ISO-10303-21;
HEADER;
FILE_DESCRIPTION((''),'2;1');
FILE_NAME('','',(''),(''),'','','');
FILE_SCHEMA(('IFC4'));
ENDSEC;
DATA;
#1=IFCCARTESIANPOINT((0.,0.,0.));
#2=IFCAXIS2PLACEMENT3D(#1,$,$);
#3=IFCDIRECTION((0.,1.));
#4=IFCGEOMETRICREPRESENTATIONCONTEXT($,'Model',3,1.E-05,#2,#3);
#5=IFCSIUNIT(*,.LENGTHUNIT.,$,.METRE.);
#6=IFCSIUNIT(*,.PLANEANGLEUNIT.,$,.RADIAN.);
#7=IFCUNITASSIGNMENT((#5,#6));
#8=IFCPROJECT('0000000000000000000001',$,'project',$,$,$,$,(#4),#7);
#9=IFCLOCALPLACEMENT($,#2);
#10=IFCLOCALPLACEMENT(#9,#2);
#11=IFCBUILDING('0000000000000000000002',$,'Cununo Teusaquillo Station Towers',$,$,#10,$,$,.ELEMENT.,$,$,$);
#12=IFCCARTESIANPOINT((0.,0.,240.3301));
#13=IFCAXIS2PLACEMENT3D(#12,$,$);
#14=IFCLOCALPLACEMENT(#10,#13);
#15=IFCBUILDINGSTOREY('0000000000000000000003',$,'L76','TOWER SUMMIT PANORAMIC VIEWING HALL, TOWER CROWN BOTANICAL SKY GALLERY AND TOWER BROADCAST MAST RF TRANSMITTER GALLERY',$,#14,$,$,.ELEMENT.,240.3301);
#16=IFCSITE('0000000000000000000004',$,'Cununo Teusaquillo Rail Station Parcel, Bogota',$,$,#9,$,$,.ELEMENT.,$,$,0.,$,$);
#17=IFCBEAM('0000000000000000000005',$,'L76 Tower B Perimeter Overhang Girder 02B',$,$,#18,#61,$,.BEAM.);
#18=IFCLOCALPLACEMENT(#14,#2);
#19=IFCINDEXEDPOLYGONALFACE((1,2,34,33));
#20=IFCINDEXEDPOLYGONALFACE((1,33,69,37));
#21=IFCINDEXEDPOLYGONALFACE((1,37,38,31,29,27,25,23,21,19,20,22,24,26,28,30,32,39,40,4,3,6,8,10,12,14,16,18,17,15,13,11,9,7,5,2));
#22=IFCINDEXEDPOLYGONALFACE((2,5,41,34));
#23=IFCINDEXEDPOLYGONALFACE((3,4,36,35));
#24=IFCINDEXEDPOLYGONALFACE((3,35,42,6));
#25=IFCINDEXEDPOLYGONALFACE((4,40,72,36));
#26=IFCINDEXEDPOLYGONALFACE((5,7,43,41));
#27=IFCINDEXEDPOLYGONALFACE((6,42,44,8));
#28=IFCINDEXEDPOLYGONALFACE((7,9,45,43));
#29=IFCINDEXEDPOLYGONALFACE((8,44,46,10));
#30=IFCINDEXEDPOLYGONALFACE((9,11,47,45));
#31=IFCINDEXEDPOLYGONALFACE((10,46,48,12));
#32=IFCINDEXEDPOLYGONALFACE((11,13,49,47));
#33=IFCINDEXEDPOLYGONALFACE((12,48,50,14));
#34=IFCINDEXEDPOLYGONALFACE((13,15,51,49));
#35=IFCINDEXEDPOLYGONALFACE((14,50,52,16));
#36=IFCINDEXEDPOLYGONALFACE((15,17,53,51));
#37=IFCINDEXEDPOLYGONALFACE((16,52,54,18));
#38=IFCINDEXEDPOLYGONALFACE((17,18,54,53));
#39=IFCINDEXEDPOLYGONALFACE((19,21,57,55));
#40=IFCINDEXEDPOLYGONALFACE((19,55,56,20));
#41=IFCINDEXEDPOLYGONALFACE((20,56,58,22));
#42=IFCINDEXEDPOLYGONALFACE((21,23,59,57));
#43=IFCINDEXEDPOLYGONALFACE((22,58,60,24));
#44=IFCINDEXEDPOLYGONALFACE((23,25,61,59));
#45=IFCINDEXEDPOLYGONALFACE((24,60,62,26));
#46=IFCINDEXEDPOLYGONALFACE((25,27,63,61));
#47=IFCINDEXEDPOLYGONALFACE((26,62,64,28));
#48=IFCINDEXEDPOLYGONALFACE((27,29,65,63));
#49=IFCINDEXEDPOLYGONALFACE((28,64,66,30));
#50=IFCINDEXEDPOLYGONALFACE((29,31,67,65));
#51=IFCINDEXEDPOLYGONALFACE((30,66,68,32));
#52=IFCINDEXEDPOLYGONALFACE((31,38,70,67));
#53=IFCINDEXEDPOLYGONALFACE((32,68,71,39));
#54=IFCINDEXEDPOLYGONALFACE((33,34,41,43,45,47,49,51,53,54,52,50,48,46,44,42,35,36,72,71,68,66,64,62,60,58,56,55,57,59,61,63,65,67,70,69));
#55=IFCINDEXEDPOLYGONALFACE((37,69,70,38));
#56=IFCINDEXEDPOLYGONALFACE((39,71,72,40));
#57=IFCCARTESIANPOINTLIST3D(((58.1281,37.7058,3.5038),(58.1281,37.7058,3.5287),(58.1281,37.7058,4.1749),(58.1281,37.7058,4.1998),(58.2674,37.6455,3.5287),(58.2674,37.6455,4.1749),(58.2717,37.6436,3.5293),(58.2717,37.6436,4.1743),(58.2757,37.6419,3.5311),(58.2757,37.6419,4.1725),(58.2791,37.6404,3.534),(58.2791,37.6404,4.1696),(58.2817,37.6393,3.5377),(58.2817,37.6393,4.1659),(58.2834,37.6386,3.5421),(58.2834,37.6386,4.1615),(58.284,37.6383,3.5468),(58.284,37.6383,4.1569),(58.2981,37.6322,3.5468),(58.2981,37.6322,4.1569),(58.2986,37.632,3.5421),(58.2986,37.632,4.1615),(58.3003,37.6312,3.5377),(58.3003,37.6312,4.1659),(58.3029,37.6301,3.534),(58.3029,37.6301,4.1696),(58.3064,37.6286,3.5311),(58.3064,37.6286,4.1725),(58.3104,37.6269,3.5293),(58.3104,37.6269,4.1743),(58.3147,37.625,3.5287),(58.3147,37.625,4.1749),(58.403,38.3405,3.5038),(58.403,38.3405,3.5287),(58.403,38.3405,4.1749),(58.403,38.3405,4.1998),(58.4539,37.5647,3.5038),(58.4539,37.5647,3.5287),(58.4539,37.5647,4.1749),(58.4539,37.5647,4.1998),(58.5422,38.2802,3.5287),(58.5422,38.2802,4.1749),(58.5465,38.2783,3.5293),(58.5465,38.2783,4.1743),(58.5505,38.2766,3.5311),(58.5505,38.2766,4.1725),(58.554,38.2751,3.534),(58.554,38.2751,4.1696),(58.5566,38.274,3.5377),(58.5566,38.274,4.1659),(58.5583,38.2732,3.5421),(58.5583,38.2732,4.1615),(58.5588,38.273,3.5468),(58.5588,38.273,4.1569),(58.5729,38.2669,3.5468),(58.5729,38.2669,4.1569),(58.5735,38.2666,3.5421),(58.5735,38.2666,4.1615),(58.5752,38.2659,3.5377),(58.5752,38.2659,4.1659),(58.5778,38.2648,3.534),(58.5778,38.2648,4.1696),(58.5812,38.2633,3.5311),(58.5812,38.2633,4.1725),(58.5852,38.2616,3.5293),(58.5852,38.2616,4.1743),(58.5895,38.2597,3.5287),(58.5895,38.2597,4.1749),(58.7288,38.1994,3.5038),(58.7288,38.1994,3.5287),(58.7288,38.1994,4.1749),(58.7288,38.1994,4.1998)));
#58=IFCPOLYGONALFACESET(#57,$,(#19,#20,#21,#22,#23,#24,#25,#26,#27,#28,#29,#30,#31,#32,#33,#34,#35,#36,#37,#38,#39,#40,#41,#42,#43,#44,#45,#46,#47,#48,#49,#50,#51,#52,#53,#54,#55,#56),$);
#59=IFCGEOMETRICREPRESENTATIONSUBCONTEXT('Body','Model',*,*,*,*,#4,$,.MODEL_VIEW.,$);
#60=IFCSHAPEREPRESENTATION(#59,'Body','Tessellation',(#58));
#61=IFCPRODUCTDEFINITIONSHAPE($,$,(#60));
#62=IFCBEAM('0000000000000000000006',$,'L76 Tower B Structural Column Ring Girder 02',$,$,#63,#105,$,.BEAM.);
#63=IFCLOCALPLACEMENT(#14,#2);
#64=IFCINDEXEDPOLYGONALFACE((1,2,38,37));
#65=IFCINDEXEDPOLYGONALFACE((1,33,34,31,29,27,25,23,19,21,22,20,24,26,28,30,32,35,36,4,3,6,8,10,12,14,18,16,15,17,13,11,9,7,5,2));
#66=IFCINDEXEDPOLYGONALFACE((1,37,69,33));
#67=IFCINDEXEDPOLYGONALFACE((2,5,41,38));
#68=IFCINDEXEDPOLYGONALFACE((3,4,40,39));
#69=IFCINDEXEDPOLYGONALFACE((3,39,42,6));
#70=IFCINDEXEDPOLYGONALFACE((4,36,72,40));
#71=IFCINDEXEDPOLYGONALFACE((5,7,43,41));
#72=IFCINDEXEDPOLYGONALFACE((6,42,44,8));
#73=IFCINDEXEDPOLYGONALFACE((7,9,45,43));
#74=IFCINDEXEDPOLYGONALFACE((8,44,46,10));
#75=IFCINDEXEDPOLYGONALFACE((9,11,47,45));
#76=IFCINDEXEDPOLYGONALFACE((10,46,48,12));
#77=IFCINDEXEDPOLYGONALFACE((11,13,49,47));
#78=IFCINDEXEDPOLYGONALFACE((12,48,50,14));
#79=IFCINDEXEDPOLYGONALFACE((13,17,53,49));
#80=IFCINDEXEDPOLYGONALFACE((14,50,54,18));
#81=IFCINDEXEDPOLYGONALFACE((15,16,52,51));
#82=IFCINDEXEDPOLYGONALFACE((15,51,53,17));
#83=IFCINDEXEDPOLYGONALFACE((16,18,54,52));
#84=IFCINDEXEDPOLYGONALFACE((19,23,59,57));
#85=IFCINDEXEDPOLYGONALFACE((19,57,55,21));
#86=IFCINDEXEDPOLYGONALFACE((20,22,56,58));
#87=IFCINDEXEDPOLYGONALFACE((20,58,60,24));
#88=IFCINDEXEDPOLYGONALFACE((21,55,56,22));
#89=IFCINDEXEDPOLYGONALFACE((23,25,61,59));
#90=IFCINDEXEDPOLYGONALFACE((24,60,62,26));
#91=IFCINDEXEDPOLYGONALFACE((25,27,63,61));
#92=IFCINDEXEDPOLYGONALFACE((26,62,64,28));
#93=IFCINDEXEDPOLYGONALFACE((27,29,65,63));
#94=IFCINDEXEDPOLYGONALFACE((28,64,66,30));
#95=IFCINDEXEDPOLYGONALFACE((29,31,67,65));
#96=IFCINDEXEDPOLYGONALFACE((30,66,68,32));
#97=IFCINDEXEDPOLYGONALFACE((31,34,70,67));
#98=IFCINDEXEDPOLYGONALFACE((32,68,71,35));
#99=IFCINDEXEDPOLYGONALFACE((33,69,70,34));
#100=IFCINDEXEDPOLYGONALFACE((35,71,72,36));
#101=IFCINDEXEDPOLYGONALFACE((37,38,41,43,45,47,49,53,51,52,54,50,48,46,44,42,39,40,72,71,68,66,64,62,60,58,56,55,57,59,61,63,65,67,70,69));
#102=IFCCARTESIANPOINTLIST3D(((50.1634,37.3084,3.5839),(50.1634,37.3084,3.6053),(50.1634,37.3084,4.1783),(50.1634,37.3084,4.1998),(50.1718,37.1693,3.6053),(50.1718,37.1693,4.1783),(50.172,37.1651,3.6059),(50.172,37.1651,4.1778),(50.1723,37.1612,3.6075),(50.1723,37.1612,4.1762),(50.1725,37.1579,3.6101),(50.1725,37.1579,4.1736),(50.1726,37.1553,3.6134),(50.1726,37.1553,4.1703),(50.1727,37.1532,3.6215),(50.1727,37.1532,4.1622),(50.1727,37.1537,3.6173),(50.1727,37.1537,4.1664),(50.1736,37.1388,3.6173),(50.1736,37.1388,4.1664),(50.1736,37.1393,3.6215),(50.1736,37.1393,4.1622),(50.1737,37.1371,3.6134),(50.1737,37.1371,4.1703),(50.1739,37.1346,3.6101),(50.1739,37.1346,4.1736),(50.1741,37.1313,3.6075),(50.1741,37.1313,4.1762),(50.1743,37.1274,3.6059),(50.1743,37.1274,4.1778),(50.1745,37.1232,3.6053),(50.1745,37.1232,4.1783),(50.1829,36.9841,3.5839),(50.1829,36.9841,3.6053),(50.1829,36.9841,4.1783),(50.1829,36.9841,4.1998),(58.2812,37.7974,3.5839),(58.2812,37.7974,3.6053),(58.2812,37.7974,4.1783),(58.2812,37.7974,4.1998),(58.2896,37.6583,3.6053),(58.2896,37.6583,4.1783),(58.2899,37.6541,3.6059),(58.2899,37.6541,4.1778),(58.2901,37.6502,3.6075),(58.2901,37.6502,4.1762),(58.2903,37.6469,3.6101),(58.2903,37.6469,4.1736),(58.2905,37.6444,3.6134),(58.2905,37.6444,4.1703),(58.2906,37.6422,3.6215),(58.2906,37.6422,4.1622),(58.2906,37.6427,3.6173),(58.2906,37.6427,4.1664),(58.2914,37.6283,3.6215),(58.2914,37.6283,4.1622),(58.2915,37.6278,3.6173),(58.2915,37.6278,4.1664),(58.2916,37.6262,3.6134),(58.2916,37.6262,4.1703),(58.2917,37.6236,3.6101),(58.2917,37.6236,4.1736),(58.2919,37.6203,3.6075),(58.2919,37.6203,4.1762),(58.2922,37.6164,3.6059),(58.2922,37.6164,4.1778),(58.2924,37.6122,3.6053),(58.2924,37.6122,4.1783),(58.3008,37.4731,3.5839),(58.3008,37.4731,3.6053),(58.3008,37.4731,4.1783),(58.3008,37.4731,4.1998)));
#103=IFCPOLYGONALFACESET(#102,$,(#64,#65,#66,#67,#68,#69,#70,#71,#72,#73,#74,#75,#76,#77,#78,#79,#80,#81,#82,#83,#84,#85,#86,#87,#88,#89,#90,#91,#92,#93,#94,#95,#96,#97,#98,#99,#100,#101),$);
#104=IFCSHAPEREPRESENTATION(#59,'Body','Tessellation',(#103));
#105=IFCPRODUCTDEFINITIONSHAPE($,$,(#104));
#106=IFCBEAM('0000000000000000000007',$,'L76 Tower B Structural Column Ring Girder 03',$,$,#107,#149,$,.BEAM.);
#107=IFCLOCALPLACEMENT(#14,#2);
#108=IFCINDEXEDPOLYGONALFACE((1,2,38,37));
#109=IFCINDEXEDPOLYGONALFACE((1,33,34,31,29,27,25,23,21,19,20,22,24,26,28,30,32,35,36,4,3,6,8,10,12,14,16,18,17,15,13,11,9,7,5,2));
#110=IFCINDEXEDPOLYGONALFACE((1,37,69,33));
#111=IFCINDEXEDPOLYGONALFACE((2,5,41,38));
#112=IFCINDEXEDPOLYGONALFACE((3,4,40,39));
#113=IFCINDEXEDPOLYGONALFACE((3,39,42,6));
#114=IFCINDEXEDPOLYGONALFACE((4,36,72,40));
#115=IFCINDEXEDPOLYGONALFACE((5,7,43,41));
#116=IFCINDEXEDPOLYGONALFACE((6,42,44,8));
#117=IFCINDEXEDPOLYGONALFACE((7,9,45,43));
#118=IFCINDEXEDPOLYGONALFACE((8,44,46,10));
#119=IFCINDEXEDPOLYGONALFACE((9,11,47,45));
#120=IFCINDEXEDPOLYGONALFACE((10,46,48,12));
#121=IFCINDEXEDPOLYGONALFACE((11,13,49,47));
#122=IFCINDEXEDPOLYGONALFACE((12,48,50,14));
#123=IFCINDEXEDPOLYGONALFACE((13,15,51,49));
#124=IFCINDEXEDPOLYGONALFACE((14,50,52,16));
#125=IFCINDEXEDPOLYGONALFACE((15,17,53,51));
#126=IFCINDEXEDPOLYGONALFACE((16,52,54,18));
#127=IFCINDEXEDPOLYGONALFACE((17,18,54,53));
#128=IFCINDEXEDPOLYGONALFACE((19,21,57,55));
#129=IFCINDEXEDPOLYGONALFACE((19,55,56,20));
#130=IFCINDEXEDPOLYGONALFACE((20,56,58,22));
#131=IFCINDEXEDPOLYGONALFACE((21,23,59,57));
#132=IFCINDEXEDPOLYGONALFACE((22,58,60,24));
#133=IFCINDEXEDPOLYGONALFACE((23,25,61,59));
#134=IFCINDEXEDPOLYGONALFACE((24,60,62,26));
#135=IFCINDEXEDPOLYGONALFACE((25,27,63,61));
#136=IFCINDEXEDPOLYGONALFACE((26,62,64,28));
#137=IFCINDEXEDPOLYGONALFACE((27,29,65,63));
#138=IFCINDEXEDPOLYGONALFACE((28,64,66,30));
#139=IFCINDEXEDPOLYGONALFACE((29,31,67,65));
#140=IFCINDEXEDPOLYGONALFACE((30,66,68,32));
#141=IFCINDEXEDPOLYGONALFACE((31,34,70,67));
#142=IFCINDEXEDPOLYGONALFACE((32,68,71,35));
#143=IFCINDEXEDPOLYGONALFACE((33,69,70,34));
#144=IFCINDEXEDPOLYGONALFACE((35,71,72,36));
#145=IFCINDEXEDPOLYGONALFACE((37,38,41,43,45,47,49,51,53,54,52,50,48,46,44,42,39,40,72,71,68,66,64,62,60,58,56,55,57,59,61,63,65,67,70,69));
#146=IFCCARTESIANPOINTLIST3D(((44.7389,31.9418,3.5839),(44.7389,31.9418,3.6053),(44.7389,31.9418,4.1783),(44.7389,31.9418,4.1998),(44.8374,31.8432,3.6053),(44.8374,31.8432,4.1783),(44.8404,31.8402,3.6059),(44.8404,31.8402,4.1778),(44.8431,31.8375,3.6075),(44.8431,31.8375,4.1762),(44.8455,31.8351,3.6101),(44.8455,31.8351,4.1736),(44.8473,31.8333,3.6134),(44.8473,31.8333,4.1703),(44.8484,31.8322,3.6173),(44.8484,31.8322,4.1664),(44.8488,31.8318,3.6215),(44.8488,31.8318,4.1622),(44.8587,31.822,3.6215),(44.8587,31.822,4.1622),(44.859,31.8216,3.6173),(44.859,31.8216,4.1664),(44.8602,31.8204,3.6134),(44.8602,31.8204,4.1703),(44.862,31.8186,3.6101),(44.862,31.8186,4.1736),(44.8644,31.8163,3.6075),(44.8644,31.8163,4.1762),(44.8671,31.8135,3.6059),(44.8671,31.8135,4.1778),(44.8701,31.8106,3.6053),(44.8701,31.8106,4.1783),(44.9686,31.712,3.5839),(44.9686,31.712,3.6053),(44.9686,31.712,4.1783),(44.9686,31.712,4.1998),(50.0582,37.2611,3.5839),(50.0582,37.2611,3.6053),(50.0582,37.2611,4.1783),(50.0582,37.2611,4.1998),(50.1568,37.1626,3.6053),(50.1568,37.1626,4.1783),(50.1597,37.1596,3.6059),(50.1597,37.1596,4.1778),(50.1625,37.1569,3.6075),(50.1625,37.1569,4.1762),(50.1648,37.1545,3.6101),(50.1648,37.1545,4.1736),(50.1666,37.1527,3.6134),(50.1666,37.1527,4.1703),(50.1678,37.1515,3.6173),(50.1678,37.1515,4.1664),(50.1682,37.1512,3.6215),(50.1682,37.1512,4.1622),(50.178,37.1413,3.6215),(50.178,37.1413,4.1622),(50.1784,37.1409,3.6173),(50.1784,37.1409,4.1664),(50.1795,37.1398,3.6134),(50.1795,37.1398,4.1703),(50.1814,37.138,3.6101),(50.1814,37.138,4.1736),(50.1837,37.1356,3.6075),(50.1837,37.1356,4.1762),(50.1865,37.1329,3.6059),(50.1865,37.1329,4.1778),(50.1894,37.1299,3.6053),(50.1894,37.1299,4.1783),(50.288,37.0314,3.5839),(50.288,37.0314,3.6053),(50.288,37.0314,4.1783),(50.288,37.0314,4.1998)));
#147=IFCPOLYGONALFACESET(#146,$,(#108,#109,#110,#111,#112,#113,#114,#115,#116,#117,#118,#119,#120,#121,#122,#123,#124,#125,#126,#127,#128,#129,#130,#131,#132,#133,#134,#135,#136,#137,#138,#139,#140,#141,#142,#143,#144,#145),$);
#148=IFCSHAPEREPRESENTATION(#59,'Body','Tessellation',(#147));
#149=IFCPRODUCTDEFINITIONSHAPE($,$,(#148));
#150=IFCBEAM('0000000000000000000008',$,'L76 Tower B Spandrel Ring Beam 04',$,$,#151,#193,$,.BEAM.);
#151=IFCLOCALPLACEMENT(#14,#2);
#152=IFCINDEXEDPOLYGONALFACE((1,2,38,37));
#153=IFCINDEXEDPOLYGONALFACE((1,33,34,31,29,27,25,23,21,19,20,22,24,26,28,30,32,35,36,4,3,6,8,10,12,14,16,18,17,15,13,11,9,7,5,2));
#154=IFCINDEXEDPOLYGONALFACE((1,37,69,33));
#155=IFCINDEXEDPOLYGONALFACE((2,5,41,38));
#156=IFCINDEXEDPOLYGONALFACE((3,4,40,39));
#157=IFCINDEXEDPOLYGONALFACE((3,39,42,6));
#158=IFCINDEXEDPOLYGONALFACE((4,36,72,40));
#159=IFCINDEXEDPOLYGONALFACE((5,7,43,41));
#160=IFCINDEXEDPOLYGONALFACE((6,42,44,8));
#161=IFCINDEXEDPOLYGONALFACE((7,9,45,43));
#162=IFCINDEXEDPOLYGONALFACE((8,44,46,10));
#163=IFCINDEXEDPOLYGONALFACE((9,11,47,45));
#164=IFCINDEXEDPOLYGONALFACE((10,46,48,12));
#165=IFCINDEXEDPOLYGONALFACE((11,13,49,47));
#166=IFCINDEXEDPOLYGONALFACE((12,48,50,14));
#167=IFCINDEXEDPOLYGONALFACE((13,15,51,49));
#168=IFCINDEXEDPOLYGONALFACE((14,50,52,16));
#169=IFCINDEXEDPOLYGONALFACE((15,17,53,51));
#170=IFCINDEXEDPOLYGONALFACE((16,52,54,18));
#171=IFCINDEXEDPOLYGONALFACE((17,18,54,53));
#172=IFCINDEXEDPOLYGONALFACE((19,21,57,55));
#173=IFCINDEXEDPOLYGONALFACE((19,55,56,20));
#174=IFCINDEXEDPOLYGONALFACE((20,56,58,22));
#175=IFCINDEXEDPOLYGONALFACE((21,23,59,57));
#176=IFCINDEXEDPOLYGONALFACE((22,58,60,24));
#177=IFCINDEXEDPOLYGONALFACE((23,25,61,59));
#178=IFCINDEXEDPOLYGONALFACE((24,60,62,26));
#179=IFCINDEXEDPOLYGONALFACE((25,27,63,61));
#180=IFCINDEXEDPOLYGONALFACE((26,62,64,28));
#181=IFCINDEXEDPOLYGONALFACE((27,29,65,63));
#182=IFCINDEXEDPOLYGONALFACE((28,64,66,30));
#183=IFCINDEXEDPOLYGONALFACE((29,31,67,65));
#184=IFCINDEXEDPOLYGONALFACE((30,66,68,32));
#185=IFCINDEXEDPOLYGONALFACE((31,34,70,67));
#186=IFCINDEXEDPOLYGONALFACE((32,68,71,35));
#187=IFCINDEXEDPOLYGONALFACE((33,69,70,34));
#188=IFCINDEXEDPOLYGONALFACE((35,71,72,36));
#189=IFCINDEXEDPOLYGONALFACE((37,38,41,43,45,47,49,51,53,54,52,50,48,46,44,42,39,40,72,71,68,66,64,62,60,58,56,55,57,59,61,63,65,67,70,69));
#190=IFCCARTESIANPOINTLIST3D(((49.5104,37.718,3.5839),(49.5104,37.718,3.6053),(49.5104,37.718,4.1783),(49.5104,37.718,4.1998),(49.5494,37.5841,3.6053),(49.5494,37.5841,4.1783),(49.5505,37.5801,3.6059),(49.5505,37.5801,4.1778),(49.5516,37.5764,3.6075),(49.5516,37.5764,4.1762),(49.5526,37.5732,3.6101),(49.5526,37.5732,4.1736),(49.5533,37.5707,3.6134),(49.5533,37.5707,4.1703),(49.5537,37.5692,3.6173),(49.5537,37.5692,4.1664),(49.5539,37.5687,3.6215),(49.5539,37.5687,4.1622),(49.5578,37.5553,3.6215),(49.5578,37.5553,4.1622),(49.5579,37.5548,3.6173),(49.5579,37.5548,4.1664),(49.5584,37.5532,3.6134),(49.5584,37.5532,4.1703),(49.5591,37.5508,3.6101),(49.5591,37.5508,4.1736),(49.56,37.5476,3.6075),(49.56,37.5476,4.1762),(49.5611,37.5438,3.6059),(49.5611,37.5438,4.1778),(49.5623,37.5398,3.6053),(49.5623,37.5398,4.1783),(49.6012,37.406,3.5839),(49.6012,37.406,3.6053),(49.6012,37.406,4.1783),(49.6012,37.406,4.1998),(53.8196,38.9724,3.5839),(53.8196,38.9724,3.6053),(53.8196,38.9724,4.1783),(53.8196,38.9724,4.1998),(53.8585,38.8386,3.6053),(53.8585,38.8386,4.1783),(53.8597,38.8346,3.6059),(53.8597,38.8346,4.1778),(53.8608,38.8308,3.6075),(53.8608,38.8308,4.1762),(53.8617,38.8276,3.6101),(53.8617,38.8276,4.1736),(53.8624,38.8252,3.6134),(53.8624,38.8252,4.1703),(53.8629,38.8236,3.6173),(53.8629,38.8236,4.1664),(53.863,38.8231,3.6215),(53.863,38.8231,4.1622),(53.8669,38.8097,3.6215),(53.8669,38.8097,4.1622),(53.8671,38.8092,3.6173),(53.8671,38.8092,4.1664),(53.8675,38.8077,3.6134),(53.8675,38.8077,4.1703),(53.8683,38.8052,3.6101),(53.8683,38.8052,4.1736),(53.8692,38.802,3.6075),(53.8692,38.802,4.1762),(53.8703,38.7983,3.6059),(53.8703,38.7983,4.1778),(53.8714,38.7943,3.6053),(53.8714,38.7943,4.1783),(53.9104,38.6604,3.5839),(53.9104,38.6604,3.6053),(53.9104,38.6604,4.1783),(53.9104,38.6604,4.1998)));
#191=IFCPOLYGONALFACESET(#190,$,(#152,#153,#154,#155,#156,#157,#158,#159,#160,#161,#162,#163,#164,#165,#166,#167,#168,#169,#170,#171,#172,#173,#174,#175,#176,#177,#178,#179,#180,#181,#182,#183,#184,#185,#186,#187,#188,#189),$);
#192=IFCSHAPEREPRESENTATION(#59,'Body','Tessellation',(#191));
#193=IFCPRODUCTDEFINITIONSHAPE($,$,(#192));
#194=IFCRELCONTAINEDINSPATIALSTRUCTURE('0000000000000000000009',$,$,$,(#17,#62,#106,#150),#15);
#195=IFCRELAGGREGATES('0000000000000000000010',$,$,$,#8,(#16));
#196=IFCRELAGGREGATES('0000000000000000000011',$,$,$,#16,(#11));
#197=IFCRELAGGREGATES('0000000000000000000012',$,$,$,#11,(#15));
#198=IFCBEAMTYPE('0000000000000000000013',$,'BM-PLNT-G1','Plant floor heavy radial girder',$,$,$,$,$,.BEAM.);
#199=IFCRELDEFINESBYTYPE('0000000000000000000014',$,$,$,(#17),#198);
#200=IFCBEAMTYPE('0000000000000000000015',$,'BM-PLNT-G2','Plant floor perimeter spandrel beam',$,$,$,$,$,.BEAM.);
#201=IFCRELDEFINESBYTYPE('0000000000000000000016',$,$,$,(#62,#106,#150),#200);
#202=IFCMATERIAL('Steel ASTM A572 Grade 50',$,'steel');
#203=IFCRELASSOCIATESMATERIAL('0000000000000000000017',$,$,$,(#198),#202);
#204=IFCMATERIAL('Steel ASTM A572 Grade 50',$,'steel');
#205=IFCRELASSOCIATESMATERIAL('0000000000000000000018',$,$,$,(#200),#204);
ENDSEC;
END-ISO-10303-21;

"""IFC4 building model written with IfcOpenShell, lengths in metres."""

from ifc_helpers import new_model, si_unit, direction, frame, origin, origin_2d, place, context, subcontext, project, spatial, i_section, extrude, material, material_profile, profile_set, type_object, element, save


model = new_model("IFC4")

# Units and contexts
model_context = context("Model", 3, precision=1e-05, world=origin(), true_north=direction((0.0, 1.0)))
body_context = subcontext(model_context, "Body", "Model", "MODEL_VIEW")
ifc_project = project(units=[si_unit("LENGTHUNIT", "METRE"), si_unit("PLANEANGLEUNIT", "RADIAN")], contexts=[model_context])

# Site, building, storey
site_placement = place(None, origin())
site = spatial("IfcSite", under=ifc_project, at=site_placement, Name="Cununo Teusaquillo Rail Station Parcel, Bogota", CompositionType="ELEMENT", RefElevation=0.0)
building_placement = place(site_placement, origin())
building = spatial("IfcBuilding", under=site, at=building_placement, Name="Cununo Teusaquillo Station Towers", CompositionType="ELEMENT")
storey_placement = place(building_placement, frame((0.0, 0.0, 240.3301)))
storey = spatial("IfcBuildingStorey", under=building, at=storey_placement, Name="L76", Description="TOWER SUMMIT PANORAMIC VIEWING HALL, TOWER CROWN BOTANICAL SKY GALLERY AND TOWER BROADCAST MAST RF TRANSMITTER GALLERY", CompositionType="ELEMENT", Elevation=240.3301)

# Beams
ifc_material_1 = material(Name="Steel ASTM A572 Grade 50", Category="steel")
ifc_material_profile_1 = material_profile(ifc_material_1, i_section(OverallWidth=0.355, OverallDepth=0.696, WebThickness=0.0154, FlangeThickness=0.0249, FilletRadius=0.0181, at=origin_2d()), Name="W27X146")
ifc_profile_set_1 = profile_set([ifc_material_profile_1], Name="Steel ASTM A572 Grade 50")
beam_type_1 = type_object("IfcBeamType", Name="BM-PLNT-G1", Description="Plant floor heavy radial girder", PredefinedType="BEAM", material=ifc_profile_set_1)
beam_1_placement = place(storey_placement, frame((58.291, 37.6353, 3.8518), z_axis=(0.397409, 0.917641, 0.0), x_axis=(-0.917641, 0.397409, 0.0)))
element("IfcBeam", 1, at=beam_1_placement, inside=storey, type_object=beam_type_1, Name="L76 Tower B Perimeter Overhang Girder 02B", PredefinedType="BEAM", context=body_context, shape_type="SweptSolid", body=[
    extrude(i_section(OverallWidth=0.355, OverallDepth=0.696, WebThickness=0.0154, FlangeThickness=0.0249, FilletRadius=0.0181, at=origin_2d()), origin(), (0.0, 0.0, 1.0), 0.6917),
])
ifc_material_2 = material(Name="Steel ASTM A572 Grade 50", Category="steel")
ifc_material_profile_2 = material_profile(ifc_material_2, i_section(OverallWidth=0.325, OverallDepth=0.616, WebThickness=0.0139, FlangeThickness=0.0215, FilletRadius=0.0161, at=origin_2d()), Name="W24X117")
ifc_profile_set_2 = profile_set([ifc_material_profile_2], Name="Steel ASTM A572 Grade 50")
beam_type_2 = type_object("IfcBeamType", Name="BM-PLNT-G2", Description="Plant floor perimeter spandrel beam", PredefinedType="BEAM", material=ifc_profile_set_2)
beam_2_placement = place(storey_placement, frame((58.291, 37.6353, 3.8918), z_axis=(-0.998191, -0.06013, 0.0), x_axis=(0.06013, -0.998191, 0.0)))
element("IfcBeam", 2, at=beam_2_placement, inside=storey, type_object=beam_type_2, Name="L76 Tower B Structural Column Ring Girder 02", PredefinedType="BEAM", context=body_context, shape_type="SweptSolid", body=[
    extrude(i_section(OverallWidth=0.325, OverallDepth=0.616, WebThickness=0.0139, FlangeThickness=0.0215, FilletRadius=0.0161, at=origin_2d()), origin(), (0.0, 0.0, 1.0), 8.1326),
])
beam_3_placement = place(storey_placement, frame((50.1731, 37.1462, 3.8918), z_axis=(-0.707107, -0.707107, 0.0), x_axis=(0.707107, -0.707107, 0.0)))
element("IfcBeam", 3, at=beam_3_placement, inside=storey, type_object=beam_type_2, Name="L76 Tower B Structural Column Ring Girder 03", PredefinedType="BEAM", context=body_context, shape_type="SweptSolid", body=[
    extrude(i_section(OverallWidth=0.325, OverallDepth=0.616, WebThickness=0.0139, FlangeThickness=0.0215, FilletRadius=0.0161, at=origin_2d()), origin(), (0.0, 0.0, 1.0), 7.5227),
])
beam_4_placement = place(storey_placement, frame((53.865, 38.8164, 3.8918), z_axis=(-0.960145, -0.279503, 0.0), x_axis=(0.279503, -0.960145, 0.0)))
element("IfcBeam", 4, at=beam_4_placement, inside=storey, type_object=beam_type_2, Name="L76 Tower B Spandrel Ring Beam 04", PredefinedType="BEAM", context=body_context, shape_type="SweptSolid", body=[
    extrude(i_section(OverallWidth=0.325, OverallDepth=0.616, WebThickness=0.0139, FlangeThickness=0.0215, FilletRadius=0.0161, at=origin_2d()), origin(), (0.0, 0.0, 1.0), 4.488),
])

save(model, "model.ifc")
